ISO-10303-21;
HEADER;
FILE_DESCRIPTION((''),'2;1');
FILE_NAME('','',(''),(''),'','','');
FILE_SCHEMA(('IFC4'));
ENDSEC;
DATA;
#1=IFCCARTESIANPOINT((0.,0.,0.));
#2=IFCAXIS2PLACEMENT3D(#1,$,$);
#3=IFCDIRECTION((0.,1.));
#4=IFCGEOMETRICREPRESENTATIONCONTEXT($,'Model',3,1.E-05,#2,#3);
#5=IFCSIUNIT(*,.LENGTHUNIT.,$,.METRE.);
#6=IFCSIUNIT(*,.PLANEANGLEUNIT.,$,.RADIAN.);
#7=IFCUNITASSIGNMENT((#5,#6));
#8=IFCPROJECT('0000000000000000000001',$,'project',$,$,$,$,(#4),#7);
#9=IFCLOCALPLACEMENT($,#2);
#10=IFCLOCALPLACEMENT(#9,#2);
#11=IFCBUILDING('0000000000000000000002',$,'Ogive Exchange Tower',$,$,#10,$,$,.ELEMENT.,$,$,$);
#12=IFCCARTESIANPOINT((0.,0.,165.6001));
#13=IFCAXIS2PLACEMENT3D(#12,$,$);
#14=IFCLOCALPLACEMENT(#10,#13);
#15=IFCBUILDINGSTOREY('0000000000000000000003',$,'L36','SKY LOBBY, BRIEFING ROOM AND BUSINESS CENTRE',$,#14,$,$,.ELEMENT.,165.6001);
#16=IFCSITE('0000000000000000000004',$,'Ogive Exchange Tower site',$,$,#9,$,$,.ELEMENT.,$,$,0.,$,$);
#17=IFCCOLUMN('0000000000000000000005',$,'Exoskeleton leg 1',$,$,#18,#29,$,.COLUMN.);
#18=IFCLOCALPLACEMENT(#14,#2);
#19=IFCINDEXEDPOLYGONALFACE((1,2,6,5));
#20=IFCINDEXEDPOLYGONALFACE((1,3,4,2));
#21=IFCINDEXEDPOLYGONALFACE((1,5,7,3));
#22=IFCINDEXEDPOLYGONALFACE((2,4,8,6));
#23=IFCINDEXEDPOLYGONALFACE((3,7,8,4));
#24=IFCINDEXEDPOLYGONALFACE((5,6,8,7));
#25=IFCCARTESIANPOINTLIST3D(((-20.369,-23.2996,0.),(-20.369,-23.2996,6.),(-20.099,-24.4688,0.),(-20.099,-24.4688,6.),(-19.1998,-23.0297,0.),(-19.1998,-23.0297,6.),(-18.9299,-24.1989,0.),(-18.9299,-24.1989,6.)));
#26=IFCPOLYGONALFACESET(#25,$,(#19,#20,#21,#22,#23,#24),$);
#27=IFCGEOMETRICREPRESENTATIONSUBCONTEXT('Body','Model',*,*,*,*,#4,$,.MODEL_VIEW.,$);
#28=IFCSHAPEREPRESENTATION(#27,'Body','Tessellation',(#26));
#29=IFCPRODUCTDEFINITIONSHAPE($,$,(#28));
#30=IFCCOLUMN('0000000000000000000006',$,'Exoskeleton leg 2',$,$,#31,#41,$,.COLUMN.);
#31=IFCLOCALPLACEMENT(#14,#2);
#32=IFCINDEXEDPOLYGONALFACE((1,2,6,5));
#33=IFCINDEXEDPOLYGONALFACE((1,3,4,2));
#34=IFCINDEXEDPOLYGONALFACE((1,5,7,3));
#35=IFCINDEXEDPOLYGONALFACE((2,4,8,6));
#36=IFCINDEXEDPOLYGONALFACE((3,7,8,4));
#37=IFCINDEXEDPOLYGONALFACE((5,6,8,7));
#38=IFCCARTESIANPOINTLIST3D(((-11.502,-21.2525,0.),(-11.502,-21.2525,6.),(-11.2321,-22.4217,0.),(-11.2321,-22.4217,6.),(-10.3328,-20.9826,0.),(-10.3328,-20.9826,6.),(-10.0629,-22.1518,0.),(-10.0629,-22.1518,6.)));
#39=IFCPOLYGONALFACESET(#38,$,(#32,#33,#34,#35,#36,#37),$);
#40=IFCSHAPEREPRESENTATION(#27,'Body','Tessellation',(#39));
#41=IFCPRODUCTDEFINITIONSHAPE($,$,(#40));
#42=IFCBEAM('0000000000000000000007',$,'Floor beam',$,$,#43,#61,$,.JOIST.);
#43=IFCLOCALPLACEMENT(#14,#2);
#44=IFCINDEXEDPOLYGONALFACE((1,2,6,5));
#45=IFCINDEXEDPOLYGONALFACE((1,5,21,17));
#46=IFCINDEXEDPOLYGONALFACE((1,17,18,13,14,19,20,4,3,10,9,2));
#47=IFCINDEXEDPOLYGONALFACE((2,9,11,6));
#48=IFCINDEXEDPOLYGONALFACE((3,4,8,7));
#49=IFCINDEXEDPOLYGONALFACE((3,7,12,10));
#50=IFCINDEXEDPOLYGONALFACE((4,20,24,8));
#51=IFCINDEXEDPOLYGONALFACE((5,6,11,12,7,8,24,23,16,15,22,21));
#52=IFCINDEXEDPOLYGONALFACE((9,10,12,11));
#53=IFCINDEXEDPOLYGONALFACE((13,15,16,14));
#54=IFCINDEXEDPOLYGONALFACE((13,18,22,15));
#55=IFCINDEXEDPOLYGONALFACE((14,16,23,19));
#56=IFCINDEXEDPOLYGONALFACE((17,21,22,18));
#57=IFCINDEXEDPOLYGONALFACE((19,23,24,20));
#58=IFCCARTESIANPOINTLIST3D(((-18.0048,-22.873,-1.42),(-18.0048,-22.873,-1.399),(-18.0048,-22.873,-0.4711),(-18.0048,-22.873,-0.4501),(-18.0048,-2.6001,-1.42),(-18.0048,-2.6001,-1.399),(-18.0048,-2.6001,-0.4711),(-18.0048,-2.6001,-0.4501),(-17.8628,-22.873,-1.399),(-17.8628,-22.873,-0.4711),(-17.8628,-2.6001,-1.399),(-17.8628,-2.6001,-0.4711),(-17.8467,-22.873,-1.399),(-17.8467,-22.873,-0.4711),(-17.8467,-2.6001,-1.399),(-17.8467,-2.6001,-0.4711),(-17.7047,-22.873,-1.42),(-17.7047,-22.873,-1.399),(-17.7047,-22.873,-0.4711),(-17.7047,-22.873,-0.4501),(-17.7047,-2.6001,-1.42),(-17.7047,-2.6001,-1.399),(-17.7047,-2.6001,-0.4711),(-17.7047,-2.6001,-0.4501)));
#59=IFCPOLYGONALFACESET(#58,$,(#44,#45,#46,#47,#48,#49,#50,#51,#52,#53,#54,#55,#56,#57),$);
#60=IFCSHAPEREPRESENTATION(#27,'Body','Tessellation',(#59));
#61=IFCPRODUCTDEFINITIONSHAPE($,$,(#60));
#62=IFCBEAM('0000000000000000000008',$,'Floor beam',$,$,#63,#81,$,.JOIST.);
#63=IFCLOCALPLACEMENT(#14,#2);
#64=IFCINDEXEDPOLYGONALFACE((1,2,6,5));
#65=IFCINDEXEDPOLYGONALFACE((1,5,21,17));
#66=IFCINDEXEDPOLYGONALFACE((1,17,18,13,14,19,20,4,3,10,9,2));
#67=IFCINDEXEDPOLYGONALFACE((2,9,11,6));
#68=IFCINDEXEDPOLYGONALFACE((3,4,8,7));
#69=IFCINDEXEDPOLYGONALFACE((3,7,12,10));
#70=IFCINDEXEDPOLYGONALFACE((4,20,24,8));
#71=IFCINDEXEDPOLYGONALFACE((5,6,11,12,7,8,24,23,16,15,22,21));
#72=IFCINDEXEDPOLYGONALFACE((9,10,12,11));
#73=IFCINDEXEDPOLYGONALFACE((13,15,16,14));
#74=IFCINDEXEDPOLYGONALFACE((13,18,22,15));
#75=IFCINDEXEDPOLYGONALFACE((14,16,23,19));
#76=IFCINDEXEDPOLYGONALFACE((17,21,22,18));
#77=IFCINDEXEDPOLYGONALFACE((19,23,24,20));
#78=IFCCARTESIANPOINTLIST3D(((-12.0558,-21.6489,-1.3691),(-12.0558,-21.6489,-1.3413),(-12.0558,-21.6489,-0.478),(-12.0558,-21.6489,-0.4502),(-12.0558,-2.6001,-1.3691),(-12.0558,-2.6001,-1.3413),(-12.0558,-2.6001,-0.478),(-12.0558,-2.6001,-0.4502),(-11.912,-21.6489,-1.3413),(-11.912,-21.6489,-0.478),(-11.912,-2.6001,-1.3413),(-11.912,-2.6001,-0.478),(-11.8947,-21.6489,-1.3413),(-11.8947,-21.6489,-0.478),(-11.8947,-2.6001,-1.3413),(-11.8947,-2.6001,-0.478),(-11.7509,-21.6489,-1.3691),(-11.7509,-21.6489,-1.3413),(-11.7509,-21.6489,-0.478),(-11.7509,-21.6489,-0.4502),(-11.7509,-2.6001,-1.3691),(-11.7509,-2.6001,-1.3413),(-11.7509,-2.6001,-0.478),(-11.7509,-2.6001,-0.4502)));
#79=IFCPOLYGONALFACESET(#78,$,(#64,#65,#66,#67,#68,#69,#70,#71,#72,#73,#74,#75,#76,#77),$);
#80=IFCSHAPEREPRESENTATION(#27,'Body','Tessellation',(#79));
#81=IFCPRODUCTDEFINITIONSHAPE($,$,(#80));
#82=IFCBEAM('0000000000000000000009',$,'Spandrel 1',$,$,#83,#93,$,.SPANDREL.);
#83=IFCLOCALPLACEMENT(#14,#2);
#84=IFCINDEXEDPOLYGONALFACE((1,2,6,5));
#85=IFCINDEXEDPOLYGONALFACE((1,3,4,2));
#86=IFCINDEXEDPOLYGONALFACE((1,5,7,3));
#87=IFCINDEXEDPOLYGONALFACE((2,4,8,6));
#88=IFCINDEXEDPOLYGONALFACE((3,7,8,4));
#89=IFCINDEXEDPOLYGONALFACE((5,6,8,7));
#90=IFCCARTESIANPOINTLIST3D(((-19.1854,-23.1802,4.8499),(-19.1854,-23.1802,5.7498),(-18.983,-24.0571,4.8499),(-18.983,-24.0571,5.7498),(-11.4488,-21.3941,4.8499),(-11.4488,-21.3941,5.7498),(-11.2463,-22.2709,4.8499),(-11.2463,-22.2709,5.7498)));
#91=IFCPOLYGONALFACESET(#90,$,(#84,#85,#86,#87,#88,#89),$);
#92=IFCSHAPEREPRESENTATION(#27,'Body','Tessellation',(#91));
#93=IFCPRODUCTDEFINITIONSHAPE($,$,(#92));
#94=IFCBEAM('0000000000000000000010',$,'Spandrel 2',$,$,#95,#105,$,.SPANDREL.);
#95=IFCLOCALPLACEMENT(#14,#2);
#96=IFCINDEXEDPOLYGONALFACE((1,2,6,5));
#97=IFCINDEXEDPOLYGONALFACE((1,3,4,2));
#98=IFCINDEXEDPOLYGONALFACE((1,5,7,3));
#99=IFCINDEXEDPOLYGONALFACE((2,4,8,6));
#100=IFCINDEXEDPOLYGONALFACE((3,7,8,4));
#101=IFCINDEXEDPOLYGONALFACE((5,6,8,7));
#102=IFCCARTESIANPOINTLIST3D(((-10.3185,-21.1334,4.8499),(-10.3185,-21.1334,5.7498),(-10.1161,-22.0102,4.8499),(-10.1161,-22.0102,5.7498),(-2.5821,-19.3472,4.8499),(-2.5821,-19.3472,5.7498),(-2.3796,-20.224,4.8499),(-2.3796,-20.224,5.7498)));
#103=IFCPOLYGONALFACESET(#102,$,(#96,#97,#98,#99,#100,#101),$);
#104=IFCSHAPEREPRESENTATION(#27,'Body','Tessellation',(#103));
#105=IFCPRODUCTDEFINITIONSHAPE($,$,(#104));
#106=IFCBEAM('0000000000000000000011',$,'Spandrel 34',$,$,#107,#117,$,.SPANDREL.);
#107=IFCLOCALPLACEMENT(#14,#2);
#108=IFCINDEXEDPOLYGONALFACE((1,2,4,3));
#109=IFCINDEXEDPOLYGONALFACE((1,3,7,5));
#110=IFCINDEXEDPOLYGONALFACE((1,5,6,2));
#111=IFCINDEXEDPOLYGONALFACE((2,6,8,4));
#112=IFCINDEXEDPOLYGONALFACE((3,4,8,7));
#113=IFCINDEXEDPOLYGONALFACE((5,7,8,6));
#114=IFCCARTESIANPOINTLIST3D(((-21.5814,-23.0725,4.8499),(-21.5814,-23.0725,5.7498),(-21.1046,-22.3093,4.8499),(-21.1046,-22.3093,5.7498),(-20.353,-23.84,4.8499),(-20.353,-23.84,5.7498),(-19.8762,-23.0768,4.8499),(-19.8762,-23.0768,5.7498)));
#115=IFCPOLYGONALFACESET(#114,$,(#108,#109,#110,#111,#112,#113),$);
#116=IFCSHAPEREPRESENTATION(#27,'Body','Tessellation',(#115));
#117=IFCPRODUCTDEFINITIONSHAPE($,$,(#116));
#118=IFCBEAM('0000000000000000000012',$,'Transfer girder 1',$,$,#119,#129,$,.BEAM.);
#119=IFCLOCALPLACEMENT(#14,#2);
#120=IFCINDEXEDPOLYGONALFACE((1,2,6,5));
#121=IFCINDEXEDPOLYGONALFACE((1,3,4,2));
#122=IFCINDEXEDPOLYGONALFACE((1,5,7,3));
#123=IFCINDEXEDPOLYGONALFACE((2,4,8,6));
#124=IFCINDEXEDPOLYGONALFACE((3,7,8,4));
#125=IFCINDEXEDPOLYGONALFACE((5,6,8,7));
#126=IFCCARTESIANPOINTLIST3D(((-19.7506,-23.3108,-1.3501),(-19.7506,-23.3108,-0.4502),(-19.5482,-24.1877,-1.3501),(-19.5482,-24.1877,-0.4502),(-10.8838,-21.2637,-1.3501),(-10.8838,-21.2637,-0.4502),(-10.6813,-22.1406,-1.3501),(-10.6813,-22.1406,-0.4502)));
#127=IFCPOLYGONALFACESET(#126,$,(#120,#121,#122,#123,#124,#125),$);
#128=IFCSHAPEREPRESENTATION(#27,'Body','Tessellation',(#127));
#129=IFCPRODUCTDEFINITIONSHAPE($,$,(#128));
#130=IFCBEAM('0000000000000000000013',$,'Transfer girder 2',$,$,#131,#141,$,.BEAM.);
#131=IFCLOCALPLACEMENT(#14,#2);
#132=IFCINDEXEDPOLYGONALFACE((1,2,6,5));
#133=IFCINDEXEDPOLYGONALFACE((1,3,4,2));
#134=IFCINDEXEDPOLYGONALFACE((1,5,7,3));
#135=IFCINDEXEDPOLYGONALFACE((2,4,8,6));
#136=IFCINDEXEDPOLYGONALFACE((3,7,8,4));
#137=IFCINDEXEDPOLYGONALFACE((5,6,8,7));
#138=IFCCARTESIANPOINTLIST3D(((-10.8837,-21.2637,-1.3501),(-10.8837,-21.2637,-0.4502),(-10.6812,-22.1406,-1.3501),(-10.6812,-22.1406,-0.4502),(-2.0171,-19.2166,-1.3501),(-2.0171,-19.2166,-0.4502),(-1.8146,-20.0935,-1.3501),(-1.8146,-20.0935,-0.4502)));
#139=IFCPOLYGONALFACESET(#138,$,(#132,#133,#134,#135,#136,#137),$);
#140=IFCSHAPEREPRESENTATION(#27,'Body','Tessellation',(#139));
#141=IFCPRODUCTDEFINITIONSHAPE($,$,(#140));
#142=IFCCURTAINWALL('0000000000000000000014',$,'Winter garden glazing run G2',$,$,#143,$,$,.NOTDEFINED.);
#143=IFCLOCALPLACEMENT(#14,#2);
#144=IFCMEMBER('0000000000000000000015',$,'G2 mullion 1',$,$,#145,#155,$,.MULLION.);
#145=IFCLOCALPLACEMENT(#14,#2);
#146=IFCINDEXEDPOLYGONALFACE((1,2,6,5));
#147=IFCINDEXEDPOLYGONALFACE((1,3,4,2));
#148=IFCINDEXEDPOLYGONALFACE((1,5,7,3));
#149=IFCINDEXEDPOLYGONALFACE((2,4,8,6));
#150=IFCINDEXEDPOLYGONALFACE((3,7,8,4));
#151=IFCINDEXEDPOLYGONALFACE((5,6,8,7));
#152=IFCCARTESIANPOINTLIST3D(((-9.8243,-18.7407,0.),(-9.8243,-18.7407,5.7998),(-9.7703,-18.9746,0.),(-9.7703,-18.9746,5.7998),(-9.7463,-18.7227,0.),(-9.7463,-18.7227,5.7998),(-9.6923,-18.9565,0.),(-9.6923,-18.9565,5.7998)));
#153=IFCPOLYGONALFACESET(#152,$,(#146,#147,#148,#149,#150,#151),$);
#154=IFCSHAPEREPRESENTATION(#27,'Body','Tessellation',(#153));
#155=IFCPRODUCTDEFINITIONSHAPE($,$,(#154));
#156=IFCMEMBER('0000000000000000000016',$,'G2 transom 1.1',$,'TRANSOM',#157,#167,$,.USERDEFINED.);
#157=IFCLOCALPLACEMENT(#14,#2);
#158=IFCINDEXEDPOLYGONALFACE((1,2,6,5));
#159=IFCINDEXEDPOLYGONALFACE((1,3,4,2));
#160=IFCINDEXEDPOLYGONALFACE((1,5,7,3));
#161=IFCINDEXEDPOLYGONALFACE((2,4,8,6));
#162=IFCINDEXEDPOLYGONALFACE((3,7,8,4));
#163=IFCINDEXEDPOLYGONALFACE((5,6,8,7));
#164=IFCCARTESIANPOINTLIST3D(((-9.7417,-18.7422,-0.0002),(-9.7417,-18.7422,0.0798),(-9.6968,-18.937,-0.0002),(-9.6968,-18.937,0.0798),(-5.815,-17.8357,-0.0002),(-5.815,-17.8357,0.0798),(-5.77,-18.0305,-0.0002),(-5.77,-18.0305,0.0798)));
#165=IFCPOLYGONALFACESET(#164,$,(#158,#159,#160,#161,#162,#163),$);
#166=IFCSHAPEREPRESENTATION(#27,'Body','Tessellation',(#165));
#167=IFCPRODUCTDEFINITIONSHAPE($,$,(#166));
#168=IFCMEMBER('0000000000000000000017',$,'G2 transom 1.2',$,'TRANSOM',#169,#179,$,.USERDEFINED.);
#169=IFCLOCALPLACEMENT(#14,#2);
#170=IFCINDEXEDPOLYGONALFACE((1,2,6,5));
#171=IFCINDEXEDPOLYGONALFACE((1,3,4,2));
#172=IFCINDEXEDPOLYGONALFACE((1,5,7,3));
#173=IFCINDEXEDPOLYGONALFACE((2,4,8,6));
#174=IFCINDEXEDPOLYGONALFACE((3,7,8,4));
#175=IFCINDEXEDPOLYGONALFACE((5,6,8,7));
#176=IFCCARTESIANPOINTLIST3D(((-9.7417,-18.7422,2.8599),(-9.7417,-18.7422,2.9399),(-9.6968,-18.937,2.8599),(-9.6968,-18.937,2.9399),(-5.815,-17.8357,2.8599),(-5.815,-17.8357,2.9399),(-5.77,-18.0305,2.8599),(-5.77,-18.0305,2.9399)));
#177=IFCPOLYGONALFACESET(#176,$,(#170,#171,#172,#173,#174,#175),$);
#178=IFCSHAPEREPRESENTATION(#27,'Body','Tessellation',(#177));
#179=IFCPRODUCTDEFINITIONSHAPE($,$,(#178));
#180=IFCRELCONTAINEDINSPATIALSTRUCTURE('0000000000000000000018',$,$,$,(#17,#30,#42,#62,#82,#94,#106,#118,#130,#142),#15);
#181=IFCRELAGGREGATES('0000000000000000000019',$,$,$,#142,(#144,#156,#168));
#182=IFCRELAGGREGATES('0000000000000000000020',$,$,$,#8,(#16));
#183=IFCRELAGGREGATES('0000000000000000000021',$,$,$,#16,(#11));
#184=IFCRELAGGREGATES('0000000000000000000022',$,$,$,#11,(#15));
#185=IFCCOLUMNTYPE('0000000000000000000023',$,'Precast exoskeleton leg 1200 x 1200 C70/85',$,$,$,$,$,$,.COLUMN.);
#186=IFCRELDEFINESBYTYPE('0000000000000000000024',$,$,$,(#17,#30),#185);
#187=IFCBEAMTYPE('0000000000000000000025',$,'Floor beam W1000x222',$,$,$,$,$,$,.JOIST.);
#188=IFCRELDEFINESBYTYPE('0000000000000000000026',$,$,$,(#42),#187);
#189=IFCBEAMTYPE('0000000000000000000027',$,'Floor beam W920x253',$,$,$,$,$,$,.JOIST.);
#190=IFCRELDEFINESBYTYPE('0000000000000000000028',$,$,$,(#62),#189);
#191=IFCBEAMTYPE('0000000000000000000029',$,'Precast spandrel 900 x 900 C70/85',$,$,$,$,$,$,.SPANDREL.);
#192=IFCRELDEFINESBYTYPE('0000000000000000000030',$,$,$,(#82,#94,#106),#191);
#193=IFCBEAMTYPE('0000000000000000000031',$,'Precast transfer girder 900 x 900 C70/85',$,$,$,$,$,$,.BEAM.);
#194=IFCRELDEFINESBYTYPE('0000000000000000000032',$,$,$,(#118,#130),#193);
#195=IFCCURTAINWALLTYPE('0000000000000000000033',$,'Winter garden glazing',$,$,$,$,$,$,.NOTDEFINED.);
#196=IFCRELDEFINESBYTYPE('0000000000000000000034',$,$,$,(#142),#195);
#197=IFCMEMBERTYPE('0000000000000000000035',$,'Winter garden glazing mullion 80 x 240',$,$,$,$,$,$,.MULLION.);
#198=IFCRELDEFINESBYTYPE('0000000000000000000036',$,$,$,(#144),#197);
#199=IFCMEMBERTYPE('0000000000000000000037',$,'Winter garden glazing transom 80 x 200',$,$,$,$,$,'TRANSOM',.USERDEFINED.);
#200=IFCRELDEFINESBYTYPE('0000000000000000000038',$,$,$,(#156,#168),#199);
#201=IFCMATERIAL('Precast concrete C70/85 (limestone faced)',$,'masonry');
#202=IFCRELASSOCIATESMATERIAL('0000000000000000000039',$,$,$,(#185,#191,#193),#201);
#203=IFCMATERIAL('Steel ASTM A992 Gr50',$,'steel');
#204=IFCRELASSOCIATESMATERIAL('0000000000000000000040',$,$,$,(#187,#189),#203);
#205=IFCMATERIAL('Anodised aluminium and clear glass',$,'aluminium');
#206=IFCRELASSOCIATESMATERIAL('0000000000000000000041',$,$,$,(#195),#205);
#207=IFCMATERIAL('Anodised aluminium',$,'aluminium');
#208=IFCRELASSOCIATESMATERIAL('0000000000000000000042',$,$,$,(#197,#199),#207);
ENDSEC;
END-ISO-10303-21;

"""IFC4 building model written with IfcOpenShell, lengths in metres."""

from ifc_helpers import new_model, si_unit, direction, frame, origin, origin_2d, place, context, subcontext, project, spatial, rectangle, i_section, extrude, material, material_profile, profile_set, type_object, element, aggregate, save


model = new_model("IFC4")

# Units and contexts
model_context = context("Model", 3, precision=1e-05, world=origin(), true_north=direction((0.0, 1.0)))
body_context = subcontext(model_context, "Body", "Model", "MODEL_VIEW")
ifc_project = project(units=[si_unit("LENGTHUNIT", "METRE"), si_unit("PLANEANGLEUNIT", "RADIAN")], contexts=[model_context])

# Site, building, storey
site_placement = place(None, origin())
site = spatial("IfcSite", under=ifc_project, at=site_placement, Name="Ogive Exchange Tower site", CompositionType="ELEMENT", RefElevation=0.0)
building_placement = place(site_placement, origin())
building = spatial("IfcBuilding", under=site, at=building_placement, Name="Ogive Exchange Tower", CompositionType="ELEMENT")
storey_placement = place(building_placement, frame((0.0, 0.0, 165.6001)))
storey = spatial("IfcBuildingStorey", under=building, at=storey_placement, Name="L36", Description="SKY LOBBY, BRIEFING ROOM AND BUSINESS CENTRE", CompositionType="ELEMENT", Elevation=165.6001)

# Columns
ifc_material_1 = material(Name="Precast concrete C70/85 (limestone faced)", Category="masonry")
ifc_material_profile_1 = material_profile(ifc_material_1, rectangle(XDim=1.2, YDim=1.2, at=origin_2d()), Name="1200 x 1200")
ifc_profile_set_1 = profile_set([ifc_material_profile_1], Name="Precast concrete C70/85 (limestone faced)")
column_type = type_object("IfcColumnType", Name="Precast exoskeleton leg 1200 x 1200 C70/85", PredefinedType="COLUMN", material=ifc_profile_set_1)
for number, where, z_axis, x_axis, name in (
    (1, (-19.6494, -23.7493, 0.0), (0.0, 0.0, 1.0), (0.97437, 0.224951, 0.0), "Exoskeleton leg 1"),
    (2, (-10.7825, -21.7021, 0.0), (0.0, 0.0, 1.0), (0.97437, 0.224951, 0.0), "Exoskeleton leg 2"),
):
    element("IfcColumn", number, at=place(storey_placement, frame(where, z_axis=z_axis, x_axis=x_axis)), inside=storey, type_object=column_type, Name=name, PredefinedType="COLUMN", context=body_context, shape_type="SweptSolid", body=[
        extrude(rectangle(XDim=1.2, YDim=1.2, at=origin_2d()), origin(), (0.0, 0.0, 1.0), 6.0),
    ])

# Beams
ifc_material_2 = material(Name="Steel ASTM A992 Gr50", Category="steel")
ifc_material_profile_2 = material_profile(ifc_material_2, i_section(OverallWidth=0.3, OverallDepth=0.97, WebThickness=0.0161, FlangeThickness=0.021, at=origin_2d()), Name="W1000x222")
ifc_profile_set_2 = profile_set([ifc_material_profile_2], Name="Steel ASTM A992 Gr50")
beam_type_1 = type_object("IfcBeamType", Name="Floor beam W1000x222", PredefinedType="JOIST", material=ifc_profile_set_2)
beam_1_placement = place(storey_placement, frame((-17.8547, -22.873, -0.9351), z_axis=(0.0, 1.0, 0.0), x_axis=(-1.0, 0.0, 0.0)))
element("IfcBeam", 3, at=beam_1_placement, inside=storey, type_object=beam_type_1, Name="Floor beam", PredefinedType="JOIST", context=body_context, shape_type="SweptSolid", body=[
    extrude(i_section(OverallWidth=0.3, OverallDepth=0.97, WebThickness=0.0161, FlangeThickness=0.021, at=origin_2d()), origin(), (0.0, 0.0, 1.0), 20.2729),
])
ifc_material_profile_3 = material_profile(ifc_material_2, i_section(OverallWidth=0.3049, OverallDepth=0.9189, WebThickness=0.0173, FlangeThickness=0.0278, at=origin_2d()), Name="W920x253")
ifc_profile_set_3 = profile_set([ifc_material_profile_3], Name="Steel ASTM A992 Gr50")
beam_type_2 = type_object("IfcBeamType", Name="Floor beam W920x253", PredefinedType="JOIST", material=ifc_profile_set_3)
beam_2_placement = place(storey_placement, frame((-11.9033, -21.6489, -0.9097), z_axis=(0.0, 1.0, 0.0), x_axis=(-1.0, 0.0, 0.0)))
element("IfcBeam", 4, at=beam_2_placement, inside=storey, type_object=beam_type_2, Name="Floor beam", PredefinedType="JOIST", context=body_context, shape_type="SweptSolid", body=[
    extrude(i_section(OverallWidth=0.3049, OverallDepth=0.9189, WebThickness=0.0173, FlangeThickness=0.0278, at=origin_2d()), origin(), (0.0, 0.0, 1.0), 19.0488),
])
ifc_material_profile_4 = material_profile(ifc_material_1, rectangle(XDim=0.8999, YDim=0.8999, at=origin_2d()), Name="900 x 900")
ifc_profile_set_4 = profile_set([ifc_material_profile_4], Name="Precast concrete C70/85 (limestone faced)")
beam_type_3 = type_object("IfcBeamType", Name="Precast spandrel 900 x 900 C70/85", PredefinedType="SPANDREL", material=ifc_profile_set_4)
beam_3_placement = place(storey_placement, frame((-19.0842, -23.6187, 5.2998), z_axis=(0.97437, 0.224952, 0.0), x_axis=(-0.224952, 0.97437, 0.0)))
element("IfcBeam", 5, at=beam_3_placement, inside=storey, type_object=beam_type_3, Name="Spandrel 1", PredefinedType="SPANDREL", context=body_context, shape_type="SweptSolid", body=[
    extrude(rectangle(XDim=0.8999, YDim=0.8999, at=origin_2d()), origin(), (0.0, 0.0, 1.0), 7.9402),
])
beam_4_placement = place(storey_placement, frame((-10.2173, -21.5718, 5.2998), z_axis=(0.974368, 0.224958, 0.0), x_axis=(-0.224958, 0.974368, 0.0)))
element("IfcBeam", 6, at=beam_4_placement, inside=storey, type_object=beam_type_3, Name="Spandrel 2", PredefinedType="SPANDREL", context=body_context, shape_type="SweptSolid", body=[
    extrude(rectangle(XDim=0.8999, YDim=0.8999, at=origin_2d()), origin(), (0.0, 0.0, 1.0), 7.9399),
])
beam_5_placement = place(storey_placement, frame((-21.343, -22.6909, 5.2998), z_axis=(0.848074, -0.529878, 0.0), x_axis=(0.529878, 0.848074, 0.0)))
element("IfcBeam", 7, at=beam_5_placement, inside=storey, type_object=beam_type_3, Name="Spandrel 34", PredefinedType="SPANDREL", context=body_context, shape_type="SweptSolid", body=[
    extrude(rectangle(XDim=0.8999, YDim=0.8999, at=origin_2d()), origin(), (0.0, 0.0, 1.0), 1.4485),
])
ifc_material_profile_5 = material_profile(ifc_material_1, rectangle(XDim=0.8999, YDim=0.8999, at=origin_2d()), Name="900 x 900")
ifc_profile_set_5 = profile_set([ifc_material_profile_5], Name="Precast concrete C70/85 (limestone faced)")
beam_type_4 = type_object("IfcBeamType", Name="Precast transfer girder 900 x 900 C70/85", PredefinedType="BEAM", material=ifc_profile_set_5)
beam_6_placement = place(storey_placement, frame((-19.6494, -23.7493, -0.9001), z_axis=(0.974369, 0.224954, 0.0), x_axis=(-0.224954, 0.974369, 0.0)))
element("IfcBeam", 8, at=beam_6_placement, inside=storey, type_object=beam_type_4, Name="Transfer girder 1", PredefinedType="BEAM", context=body_context, shape_type="SweptSolid", body=[
    extrude(rectangle(XDim=0.8999, YDim=0.8999, at=origin_2d()), origin(), (0.0, 0.0, 1.0), 9.1001),
])
beam_7_placement = place(storey_placement, frame((-10.7825, -21.7021, -0.9001), z_axis=(0.974368, 0.224959, 0.0), x_axis=(-0.224959, 0.974368, 0.0)))
element("IfcBeam", 9, at=beam_7_placement, inside=storey, type_object=beam_type_4, Name="Transfer girder 2", PredefinedType="BEAM", context=body_context, shape_type="SweptSolid", body=[
    extrude(rectangle(XDim=0.8999, YDim=0.8999, at=origin_2d()), origin(), (0.0, 0.0, 1.0), 9.0999),
])

# Curtain wall, members
ifc_material_3 = material(Name="Anodised aluminium and clear glass", Category="aluminium")
curtain_wall_type = type_object("IfcCurtainWallType", Name="Winter garden glazing", PredefinedType="NOTDEFINED", material=ifc_material_3)
curtain_wall_placement = place(storey_placement, origin())
curtain_wall = element("IfcCurtainWall", 10, at=curtain_wall_placement, inside=storey, type_object=curtain_wall_type, Name="Winter garden glazing run G2", PredefinedType="NOTDEFINED")
ifc_material_4 = material(Name="Anodised aluminium", Category="aluminium")
ifc_material_profile_6 = material_profile(ifc_material_4, rectangle(XDim=0.24, YDim=0.0801, at=origin_2d()), Name="AL 80x240")
ifc_profile_set_6 = profile_set([ifc_material_profile_6], Name="Anodised aluminium")
member_type_1 = type_object("IfcMemberType", Name="Winter garden glazing mullion 80 x 240", PredefinedType="MULLION", material=ifc_profile_set_6)
member_1_placement = place(storey_placement, frame((-9.7583, -18.8486, 0.0), z_axis=(0.0, 0.0, 1.0), x_axis=(-0.224951, 0.97437, 0.0)))
member_1 = element("IfcMember", 11, at=member_1_placement, type_object=member_type_1, Name="G2 mullion 1", PredefinedType="MULLION", context=body_context, shape_type="SweptSolid", body=[
    extrude(rectangle(XDim=0.24, YDim=0.0801, at=origin_2d()), origin(), (0.0, 0.0, 1.0), 5.7998),
])
ifc_material_profile_7 = material_profile(ifc_material_4, rectangle(XDim=0.2, YDim=0.0801, at=origin_2d()), Name="AL 80x200")
ifc_profile_set_7 = profile_set([ifc_material_profile_7], Name="Anodised aluminium")
member_type_2 = type_object("IfcMemberType", Name="Winter garden glazing transom 80 x 200", ElementType="TRANSOM", PredefinedType="USERDEFINED", material=ifc_profile_set_7)
member_2_placement = place(storey_placement, frame((-9.7192, -18.8396, 0.0398), z_axis=(0.974374, 0.224935, 0.0), x_axis=(-0.224935, 0.974374, 0.0)))
member_2 = element("IfcMember", 12, at=member_2_placement, type_object=member_type_2, Name="G2 transom 1.1", ObjectType="TRANSOM", PredefinedType="USERDEFINED", context=body_context, shape_type="SweptSolid", body=[
    extrude(rectangle(XDim=0.2, YDim=0.0801, at=origin_2d()), origin(), (0.0, 0.0, 1.0), 4.03),
])
member_3_placement = place(storey_placement, frame((-9.7192, -18.8396, 2.8999), z_axis=(0.974374, 0.224935, 0.0), x_axis=(-0.224935, 0.974374, 0.0)))
member_3 = element("IfcMember", 13, at=member_3_placement, type_object=member_type_2, Name="G2 transom 1.2", ObjectType="TRANSOM", PredefinedType="USERDEFINED", context=body_context, shape_type="SweptSolid", body=[
    extrude(rectangle(XDim=0.2, YDim=0.0801, at=origin_2d()), origin(), (0.0, 0.0, 1.0), 4.03),
])
aggregate(curtain_wall, [member_1, member_2, member_3])

save(model, "model.ifc")
